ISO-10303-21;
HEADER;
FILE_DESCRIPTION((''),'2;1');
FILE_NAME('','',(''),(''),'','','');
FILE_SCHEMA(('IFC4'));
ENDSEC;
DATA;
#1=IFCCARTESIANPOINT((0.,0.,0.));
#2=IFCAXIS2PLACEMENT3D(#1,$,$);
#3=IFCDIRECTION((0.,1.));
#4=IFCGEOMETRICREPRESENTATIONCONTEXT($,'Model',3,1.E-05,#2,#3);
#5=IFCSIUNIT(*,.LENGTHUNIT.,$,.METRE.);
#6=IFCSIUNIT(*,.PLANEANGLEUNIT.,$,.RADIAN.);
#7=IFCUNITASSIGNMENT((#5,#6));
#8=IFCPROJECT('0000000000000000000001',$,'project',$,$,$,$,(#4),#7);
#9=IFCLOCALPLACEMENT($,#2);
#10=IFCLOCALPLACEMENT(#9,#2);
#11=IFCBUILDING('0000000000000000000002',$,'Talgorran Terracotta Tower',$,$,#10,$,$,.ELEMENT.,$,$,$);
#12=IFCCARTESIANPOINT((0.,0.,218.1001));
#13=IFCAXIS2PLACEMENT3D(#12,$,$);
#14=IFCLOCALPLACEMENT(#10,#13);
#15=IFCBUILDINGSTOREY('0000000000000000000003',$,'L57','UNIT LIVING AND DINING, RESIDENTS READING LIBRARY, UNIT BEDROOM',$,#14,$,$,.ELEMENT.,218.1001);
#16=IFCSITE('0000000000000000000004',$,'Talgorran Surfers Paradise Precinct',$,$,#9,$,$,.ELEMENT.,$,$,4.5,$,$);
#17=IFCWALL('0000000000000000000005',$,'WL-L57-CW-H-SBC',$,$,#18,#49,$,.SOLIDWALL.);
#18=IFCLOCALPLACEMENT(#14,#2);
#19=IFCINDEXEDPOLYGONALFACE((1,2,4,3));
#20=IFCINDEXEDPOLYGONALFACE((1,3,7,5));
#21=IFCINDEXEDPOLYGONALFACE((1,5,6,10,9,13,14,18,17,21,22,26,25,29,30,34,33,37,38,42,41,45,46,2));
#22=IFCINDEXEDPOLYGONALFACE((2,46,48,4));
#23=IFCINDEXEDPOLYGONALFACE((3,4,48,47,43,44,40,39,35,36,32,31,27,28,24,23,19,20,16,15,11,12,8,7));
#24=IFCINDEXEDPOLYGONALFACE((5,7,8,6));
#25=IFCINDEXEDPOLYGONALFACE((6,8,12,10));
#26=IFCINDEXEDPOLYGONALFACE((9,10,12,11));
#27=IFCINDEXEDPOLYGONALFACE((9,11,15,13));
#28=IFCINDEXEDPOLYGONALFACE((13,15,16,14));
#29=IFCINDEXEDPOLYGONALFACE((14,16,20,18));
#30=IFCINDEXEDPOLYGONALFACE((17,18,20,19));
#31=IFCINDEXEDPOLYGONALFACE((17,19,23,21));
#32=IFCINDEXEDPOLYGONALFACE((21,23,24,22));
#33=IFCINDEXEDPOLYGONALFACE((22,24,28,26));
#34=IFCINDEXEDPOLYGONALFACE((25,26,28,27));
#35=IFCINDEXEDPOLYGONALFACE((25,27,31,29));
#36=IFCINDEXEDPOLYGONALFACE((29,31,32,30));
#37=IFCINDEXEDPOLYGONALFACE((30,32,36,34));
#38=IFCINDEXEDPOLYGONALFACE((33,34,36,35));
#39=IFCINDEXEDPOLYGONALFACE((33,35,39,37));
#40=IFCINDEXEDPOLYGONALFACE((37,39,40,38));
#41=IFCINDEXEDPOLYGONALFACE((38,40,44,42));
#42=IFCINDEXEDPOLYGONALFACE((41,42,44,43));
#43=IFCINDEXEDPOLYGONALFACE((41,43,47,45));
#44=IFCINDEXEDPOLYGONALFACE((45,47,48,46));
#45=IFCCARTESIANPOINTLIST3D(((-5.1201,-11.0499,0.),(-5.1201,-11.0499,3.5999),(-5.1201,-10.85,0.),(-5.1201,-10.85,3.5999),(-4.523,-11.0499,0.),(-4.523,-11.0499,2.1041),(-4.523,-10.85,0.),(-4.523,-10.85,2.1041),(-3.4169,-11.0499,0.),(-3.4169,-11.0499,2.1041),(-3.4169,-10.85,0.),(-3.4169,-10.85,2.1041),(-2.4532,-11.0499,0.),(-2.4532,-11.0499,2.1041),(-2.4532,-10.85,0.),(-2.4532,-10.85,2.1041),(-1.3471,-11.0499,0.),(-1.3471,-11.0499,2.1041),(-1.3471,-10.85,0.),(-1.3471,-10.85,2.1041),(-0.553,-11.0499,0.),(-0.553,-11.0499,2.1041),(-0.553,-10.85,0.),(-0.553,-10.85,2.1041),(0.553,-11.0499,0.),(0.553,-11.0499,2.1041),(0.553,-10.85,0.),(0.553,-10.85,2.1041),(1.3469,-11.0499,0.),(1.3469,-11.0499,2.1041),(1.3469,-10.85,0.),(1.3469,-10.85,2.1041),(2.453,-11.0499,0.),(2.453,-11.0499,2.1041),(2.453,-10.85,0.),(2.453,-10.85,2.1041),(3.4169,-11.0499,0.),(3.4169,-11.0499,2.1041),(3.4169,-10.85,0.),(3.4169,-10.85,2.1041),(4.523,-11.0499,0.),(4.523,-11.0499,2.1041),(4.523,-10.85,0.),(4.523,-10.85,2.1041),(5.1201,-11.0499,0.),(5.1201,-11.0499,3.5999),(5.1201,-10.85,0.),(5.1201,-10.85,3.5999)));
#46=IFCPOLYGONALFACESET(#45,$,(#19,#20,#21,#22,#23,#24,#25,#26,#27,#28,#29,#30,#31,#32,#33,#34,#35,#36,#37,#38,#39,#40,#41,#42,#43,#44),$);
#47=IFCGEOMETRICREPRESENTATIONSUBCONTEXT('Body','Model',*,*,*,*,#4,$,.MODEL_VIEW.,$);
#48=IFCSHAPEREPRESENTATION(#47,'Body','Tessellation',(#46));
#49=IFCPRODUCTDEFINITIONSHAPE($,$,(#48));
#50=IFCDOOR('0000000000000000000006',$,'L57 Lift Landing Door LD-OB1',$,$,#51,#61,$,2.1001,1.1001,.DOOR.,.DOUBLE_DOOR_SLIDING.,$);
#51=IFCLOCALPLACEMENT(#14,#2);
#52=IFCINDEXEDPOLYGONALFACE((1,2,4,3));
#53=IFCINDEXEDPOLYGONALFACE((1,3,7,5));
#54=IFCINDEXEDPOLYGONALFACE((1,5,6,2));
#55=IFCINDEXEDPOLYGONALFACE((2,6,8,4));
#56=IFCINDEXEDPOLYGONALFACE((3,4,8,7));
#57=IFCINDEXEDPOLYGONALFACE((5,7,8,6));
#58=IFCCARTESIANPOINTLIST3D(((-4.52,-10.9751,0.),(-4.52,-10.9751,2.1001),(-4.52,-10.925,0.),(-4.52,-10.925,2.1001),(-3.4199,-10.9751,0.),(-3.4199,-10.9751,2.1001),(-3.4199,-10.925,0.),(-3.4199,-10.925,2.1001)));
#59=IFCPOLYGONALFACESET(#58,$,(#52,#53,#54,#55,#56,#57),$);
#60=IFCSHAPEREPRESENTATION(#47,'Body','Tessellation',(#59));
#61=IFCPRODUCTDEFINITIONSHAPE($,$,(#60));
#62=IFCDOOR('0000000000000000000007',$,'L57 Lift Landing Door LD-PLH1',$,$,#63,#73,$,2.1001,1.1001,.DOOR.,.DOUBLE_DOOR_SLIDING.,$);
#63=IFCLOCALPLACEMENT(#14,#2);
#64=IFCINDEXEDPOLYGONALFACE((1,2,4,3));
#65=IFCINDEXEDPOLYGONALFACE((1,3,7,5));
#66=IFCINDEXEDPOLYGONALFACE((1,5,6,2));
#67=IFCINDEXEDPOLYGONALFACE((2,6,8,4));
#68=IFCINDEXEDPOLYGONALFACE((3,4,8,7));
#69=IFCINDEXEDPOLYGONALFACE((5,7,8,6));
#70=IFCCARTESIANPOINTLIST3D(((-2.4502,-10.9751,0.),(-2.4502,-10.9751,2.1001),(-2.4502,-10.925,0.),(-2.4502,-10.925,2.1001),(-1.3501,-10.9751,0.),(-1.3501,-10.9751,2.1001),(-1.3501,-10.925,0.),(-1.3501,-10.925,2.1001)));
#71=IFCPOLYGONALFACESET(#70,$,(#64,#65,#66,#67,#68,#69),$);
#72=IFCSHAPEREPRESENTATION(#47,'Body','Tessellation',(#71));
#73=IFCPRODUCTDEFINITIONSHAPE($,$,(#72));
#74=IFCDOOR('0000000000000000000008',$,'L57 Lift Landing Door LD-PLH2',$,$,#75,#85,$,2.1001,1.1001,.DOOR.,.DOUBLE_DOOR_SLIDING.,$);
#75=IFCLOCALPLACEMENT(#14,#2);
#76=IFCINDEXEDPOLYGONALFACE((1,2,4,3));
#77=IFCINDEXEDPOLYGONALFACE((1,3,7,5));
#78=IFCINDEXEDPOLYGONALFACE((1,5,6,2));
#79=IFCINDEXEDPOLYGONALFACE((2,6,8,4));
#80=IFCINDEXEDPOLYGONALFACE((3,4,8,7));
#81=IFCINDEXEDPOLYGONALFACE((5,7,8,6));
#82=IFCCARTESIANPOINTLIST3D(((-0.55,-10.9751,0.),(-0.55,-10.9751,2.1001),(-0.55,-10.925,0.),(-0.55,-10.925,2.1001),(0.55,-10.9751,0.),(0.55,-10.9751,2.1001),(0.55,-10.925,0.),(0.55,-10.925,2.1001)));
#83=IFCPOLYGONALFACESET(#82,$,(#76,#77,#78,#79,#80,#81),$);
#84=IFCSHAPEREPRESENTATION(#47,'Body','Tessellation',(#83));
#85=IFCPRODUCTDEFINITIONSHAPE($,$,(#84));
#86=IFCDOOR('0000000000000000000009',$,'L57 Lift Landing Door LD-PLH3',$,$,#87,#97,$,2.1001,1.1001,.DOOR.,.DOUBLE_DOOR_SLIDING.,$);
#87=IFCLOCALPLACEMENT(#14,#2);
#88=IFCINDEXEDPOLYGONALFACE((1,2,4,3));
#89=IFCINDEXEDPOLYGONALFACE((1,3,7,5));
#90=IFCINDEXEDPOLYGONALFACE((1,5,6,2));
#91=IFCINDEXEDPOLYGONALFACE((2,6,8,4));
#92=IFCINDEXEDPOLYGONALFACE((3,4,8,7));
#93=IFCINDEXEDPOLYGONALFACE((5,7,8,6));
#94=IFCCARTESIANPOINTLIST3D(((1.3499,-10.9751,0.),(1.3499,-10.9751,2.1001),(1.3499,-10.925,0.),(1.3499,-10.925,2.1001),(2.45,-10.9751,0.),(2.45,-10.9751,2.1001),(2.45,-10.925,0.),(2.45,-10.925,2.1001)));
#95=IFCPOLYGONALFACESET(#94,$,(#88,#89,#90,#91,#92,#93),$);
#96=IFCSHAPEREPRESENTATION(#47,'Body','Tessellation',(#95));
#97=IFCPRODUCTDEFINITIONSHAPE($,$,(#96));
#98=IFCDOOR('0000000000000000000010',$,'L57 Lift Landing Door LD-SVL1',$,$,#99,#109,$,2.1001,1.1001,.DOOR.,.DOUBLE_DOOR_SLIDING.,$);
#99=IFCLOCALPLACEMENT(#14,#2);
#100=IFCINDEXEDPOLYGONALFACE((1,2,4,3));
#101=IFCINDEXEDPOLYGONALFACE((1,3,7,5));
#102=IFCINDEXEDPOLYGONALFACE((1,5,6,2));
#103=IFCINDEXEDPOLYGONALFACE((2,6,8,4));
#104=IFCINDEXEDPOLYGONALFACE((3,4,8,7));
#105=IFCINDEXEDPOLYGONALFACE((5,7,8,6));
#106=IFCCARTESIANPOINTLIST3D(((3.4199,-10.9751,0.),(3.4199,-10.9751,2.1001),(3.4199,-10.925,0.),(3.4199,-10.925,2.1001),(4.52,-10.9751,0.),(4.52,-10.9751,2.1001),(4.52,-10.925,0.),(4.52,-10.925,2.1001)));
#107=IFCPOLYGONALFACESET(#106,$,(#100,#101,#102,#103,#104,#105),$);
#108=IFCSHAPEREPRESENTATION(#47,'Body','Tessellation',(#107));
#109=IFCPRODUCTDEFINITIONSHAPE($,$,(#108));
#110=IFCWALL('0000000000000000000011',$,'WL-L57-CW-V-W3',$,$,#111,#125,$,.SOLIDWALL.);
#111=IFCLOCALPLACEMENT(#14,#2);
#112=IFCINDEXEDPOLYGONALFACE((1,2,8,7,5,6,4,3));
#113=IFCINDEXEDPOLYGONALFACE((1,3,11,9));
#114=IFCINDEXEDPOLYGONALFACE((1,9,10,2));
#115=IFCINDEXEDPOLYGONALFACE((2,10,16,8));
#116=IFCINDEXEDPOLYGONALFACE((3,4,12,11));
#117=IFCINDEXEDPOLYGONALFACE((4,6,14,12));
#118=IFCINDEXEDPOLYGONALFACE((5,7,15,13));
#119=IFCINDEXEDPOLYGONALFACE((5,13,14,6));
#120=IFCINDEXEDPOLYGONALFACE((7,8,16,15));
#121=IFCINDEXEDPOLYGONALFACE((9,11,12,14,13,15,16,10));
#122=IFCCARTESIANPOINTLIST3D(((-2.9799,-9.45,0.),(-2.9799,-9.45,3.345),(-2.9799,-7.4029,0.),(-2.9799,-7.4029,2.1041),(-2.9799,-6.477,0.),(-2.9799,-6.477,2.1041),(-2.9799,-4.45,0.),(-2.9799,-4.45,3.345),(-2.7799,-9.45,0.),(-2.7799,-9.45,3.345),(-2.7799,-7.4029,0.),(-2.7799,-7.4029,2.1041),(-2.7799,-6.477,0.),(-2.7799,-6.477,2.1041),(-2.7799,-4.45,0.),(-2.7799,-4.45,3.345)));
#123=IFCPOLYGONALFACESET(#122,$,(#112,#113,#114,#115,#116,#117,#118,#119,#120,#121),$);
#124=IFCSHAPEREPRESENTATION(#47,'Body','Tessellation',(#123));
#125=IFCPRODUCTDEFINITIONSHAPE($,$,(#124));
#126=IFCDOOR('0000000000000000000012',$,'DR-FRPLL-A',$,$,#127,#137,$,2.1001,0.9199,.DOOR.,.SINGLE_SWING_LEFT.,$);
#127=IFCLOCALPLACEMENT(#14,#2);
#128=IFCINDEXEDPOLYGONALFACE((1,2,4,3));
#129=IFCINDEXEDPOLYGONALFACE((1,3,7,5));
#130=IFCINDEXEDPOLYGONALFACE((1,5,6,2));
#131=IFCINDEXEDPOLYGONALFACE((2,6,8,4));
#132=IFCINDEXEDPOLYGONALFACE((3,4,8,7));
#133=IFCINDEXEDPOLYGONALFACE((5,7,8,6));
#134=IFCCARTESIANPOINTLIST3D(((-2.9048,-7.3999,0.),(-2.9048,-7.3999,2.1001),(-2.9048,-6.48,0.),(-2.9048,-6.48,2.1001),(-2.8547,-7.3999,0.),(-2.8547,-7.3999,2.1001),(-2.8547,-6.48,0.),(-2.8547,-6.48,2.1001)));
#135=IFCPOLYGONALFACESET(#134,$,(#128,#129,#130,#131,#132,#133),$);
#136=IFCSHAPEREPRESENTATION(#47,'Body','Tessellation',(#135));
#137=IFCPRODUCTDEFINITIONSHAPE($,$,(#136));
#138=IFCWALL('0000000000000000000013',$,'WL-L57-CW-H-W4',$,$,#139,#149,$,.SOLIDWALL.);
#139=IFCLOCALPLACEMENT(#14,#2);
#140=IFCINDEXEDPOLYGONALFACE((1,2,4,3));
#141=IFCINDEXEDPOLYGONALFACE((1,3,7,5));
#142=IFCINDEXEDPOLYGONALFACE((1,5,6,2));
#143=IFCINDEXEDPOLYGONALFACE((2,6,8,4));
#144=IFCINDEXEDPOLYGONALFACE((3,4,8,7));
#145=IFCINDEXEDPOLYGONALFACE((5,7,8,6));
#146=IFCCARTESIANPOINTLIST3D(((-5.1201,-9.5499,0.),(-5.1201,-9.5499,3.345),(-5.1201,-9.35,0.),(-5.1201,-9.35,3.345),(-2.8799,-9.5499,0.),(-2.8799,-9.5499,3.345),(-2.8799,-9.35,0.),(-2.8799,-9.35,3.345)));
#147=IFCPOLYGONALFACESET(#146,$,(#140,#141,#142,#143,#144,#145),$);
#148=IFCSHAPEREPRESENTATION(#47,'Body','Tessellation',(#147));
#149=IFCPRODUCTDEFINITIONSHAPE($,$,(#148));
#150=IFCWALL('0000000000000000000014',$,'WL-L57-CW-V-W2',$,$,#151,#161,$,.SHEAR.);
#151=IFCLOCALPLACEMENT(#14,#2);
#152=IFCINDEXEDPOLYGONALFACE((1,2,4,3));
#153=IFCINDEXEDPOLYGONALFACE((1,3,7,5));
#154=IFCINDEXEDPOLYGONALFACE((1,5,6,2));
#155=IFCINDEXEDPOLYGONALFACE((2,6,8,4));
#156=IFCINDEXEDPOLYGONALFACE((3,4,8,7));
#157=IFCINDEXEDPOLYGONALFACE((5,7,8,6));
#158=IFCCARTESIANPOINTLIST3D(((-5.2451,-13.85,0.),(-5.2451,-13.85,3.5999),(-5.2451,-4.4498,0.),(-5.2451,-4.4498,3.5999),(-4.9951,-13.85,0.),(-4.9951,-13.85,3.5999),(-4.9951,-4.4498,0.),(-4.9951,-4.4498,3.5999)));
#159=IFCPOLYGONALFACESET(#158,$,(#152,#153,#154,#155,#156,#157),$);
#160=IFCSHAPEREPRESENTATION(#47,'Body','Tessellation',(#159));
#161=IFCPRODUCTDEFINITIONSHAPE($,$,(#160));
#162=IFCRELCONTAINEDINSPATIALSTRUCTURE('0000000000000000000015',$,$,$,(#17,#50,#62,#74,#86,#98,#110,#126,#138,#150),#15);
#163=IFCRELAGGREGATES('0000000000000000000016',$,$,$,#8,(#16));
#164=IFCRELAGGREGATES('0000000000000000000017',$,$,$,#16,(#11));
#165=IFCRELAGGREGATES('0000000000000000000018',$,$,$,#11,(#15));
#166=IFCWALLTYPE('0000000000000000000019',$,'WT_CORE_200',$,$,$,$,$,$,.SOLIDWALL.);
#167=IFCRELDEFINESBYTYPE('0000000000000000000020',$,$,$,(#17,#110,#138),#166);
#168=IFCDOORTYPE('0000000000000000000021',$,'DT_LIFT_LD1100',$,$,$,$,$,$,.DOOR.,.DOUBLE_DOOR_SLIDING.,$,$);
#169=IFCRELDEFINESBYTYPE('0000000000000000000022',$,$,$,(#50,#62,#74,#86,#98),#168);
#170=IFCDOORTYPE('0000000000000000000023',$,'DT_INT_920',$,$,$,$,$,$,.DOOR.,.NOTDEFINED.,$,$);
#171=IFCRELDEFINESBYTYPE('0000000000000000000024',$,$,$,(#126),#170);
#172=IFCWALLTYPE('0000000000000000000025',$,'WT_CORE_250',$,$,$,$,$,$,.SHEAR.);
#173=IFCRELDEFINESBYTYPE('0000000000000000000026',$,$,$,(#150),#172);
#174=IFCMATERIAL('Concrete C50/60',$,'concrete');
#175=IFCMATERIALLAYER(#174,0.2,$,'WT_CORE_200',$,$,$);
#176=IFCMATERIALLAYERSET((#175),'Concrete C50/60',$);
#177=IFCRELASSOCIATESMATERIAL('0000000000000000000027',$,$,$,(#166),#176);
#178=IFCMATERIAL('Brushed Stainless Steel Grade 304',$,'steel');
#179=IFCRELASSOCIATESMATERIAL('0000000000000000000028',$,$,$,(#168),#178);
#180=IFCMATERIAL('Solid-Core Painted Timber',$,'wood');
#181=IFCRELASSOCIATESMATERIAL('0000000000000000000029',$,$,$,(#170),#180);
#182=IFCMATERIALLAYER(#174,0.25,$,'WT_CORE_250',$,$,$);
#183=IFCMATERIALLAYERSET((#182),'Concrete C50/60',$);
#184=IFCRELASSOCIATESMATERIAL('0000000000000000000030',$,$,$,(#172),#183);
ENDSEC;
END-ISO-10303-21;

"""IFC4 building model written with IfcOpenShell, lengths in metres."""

from ifc_helpers import new_model, si_unit, direction, frame, frame_2d, origin, place, context, subcontext, project, spatial, rectangle, extrude, material, layer, layer_set, type_object, element, fill, save


model = new_model("IFC4")

# Units and contexts
model_context = context("Model", 3, precision=1e-05, world=origin(), true_north=direction((0.0, 1.0)))
body_context = subcontext(model_context, "Body", "Model", "MODEL_VIEW")
ifc_project = project(units=[si_unit("LENGTHUNIT", "METRE"), si_unit("PLANEANGLEUNIT", "RADIAN")], contexts=[model_context])

# Site, building, storey
site_placement = place(None, origin())
site = spatial("IfcSite", under=ifc_project, at=site_placement, Name="Talgorran Surfers Paradise Precinct", CompositionType="ELEMENT", RefElevation=4.5)
building_placement = place(site_placement, origin())
building = spatial("IfcBuilding", under=site, at=building_placement, Name="Talgorran Terracotta Tower", CompositionType="ELEMENT")
storey_placement = place(building_placement, frame((0.0, 0.0, 218.1001)))
storey = spatial("IfcBuildingStorey", under=building, at=storey_placement, Name="L57", Description="UNIT LIVING AND DINING, RESIDENTS READING LIBRARY, UNIT BEDROOM", CompositionType="ELEMENT", Elevation=218.1001)

# Shared definitions
ifc_material_1 = material(Name="Concrete C50/60", Category="concrete")

# Wall, openings, doors
ifc_layer_1 = layer(ifc_material_1, 0.2, Name="WT_CORE_200")
ifc_layer_set_1 = layer_set([ifc_layer_1], Name="Concrete C50/60")
wall_type_1 = type_object("IfcWallType", Name="WT_CORE_200", PredefinedType="SOLIDWALL", material=ifc_layer_set_1)
wall_1_placement = place(storey_placement, frame((-5.1201, -10.95, 0.0), z_axis=(0.0, 0.0, 1.0), x_axis=(1.0, 0.0, 0.0)))
wall_1 = element("IfcWall", 1, at=wall_1_placement, inside=storey, type_object=wall_type_1, Name="WL-L57-CW-H-SBC", PredefinedType="SOLIDWALL", context=body_context, shape_type="SweptSolid", body=[
    extrude(rectangle(XDim=10.2402, YDim=0.2, at=frame_2d((5.1201, 0.0))), origin(), (0.0, 0.0, 1.0), 3.5999),
])
opening_1_placement = place(wall_1_placement, frame((0.6001, 0.0, 0.0)))
opening_1 = element("IfcOpeningElement", 2, at=opening_1_placement, cuts=wall_1, PredefinedType="OPENING", context=body_context, shape_type="SweptSolid", body=[
    extrude(rectangle(XDim=1.1061, YDim=2.1041, at=frame_2d((0.55, 1.052))), frame((0.0, 0.1099, 0.0), z_axis=(0.0, -1.0, 0.0), x_axis=(1.0, 0.0, 0.0)), (0.0, 0.0, 1.0), 0.22),
])
opening_2_placement = place(wall_1_placement, frame((2.6699, 0.0, 0.0)))
opening_2 = element("IfcOpeningElement", 3, at=opening_2_placement, cuts=wall_1, PredefinedType="OPENING", context=body_context, shape_type="SweptSolid", body=[
    extrude(rectangle(XDim=1.1061, YDim=2.1041, at=frame_2d((0.55, 1.052))), frame((0.0, 0.1099, 0.0), z_axis=(0.0, -1.0, 0.0), x_axis=(1.0, 0.0, 0.0)), (0.0, 0.0, 1.0), 0.22),
])
opening_3_placement = place(wall_1_placement, frame((4.5701, 0.0, 0.0)))
opening_3 = element("IfcOpeningElement", 4, at=opening_3_placement, cuts=wall_1, PredefinedType="OPENING", context=body_context, shape_type="SweptSolid", body=[
    extrude(rectangle(XDim=1.1061, YDim=2.1041, at=frame_2d((0.55, 1.052))), frame((0.0, 0.1099, 0.0), z_axis=(0.0, -1.0, 0.0), x_axis=(1.0, 0.0, 0.0)), (0.0, 0.0, 1.0), 0.22),
])
opening_4_placement = place(wall_1_placement, frame((6.47, 0.0, 0.0)))
opening_4 = element("IfcOpeningElement", 5, at=opening_4_placement, cuts=wall_1, PredefinedType="OPENING", context=body_context, shape_type="SweptSolid", body=[
    extrude(rectangle(XDim=1.1061, YDim=2.1041, at=frame_2d((0.55, 1.052))), frame((0.0, 0.1099, 0.0), z_axis=(0.0, -1.0, 0.0), x_axis=(1.0, 0.0, 0.0)), (0.0, 0.0, 1.0), 0.22),
])
opening_5_placement = place(wall_1_placement, frame((8.54, 0.0, 0.0)))
opening_5 = element("IfcOpeningElement", 6, at=opening_5_placement, cuts=wall_1, PredefinedType="OPENING", context=body_context, shape_type="SweptSolid", body=[
    extrude(rectangle(XDim=1.1061, YDim=2.1041, at=frame_2d((0.55, 1.052))), frame((0.0, 0.1099, 0.0), z_axis=(0.0, -1.0, 0.0), x_axis=(1.0, 0.0, 0.0)), (0.0, 0.0, 1.0), 0.22),
])
ifc_material_2 = material(Name="Brushed Stainless Steel Grade 304", Category="steel")
door_type_1 = type_object("IfcDoorType", Name="DT_LIFT_LD1100", OperationType="DOUBLE_DOOR_SLIDING", PredefinedType="DOOR", material=ifc_material_2)
door_1_placement = place(opening_1_placement, origin())
door_1 = element("IfcDoor", 7, at=door_1_placement, inside=storey, type_object=door_type_1, Name="L57 Lift Landing Door LD-OB1", OperationType="DOUBLE_DOOR_SLIDING", OverallHeight=2.1001, OverallWidth=1.1001, PredefinedType="DOOR", context=body_context, shape_type="SweptSolid", body=[
    extrude(rectangle(XDim=1.1001, YDim=2.1001, at=frame_2d((0.55, 1.05))), frame((0.0, 0.0249, 0.0), z_axis=(0.0, -1.0, 0.0), x_axis=(1.0, 0.0, 0.0)), (0.0, 0.0, 1.0), 0.05),
])
fill(opening_1, door_1)
door_2_placement = place(opening_2_placement, origin())
door_2 = element("IfcDoor", 8, at=door_2_placement, inside=storey, type_object=door_type_1, Name="L57 Lift Landing Door LD-PLH1", OperationType="DOUBLE_DOOR_SLIDING", OverallHeight=2.1001, OverallWidth=1.1001, PredefinedType="DOOR", context=body_context, shape_type="SweptSolid", body=[
    extrude(rectangle(XDim=1.1001, YDim=2.1001, at=frame_2d((0.55, 1.05))), frame((0.0, 0.0249, 0.0), z_axis=(0.0, -1.0, 0.0), x_axis=(1.0, 0.0, 0.0)), (0.0, 0.0, 1.0), 0.05),
])
fill(opening_2, door_2)
door_3_placement = place(opening_3_placement, origin())
door_3 = element("IfcDoor", 9, at=door_3_placement, inside=storey, type_object=door_type_1, Name="L57 Lift Landing Door LD-PLH2", OperationType="DOUBLE_DOOR_SLIDING", OverallHeight=2.1001, OverallWidth=1.1001, PredefinedType="DOOR", context=body_context, shape_type="SweptSolid", body=[
    extrude(rectangle(XDim=1.1001, YDim=2.1001, at=frame_2d((0.55, 1.05))), frame((0.0, 0.0249, 0.0), z_axis=(0.0, -1.0, 0.0), x_axis=(1.0, 0.0, 0.0)), (0.0, 0.0, 1.0), 0.05),
])
fill(opening_3, door_3)
door_4_placement = place(opening_4_placement, origin())
door_4 = element("IfcDoor", 10, at=door_4_placement, inside=storey, type_object=door_type_1, Name="L57 Lift Landing Door LD-PLH3", OperationType="DOUBLE_DOOR_SLIDING", OverallHeight=2.1001, OverallWidth=1.1001, PredefinedType="DOOR", context=body_context, shape_type="SweptSolid", body=[
    extrude(rectangle(XDim=1.1001, YDim=2.1001, at=frame_2d((0.55, 1.05))), frame((0.0, 0.0249, 0.0), z_axis=(0.0, -1.0, 0.0), x_axis=(1.0, 0.0, 0.0)), (0.0, 0.0, 1.0), 0.05),
])
fill(opening_4, door_4)
door_5_placement = place(opening_5_placement, origin())
door_5 = element("IfcDoor", 11, at=door_5_placement, inside=storey, type_object=door_type_1, Name="L57 Lift Landing Door LD-SVL1", OperationType="DOUBLE_DOOR_SLIDING", OverallHeight=2.1001, OverallWidth=1.1001, PredefinedType="DOOR", context=body_context, shape_type="SweptSolid", body=[
    extrude(rectangle(XDim=1.1001, YDim=2.1001, at=frame_2d((0.55, 1.05))), frame((0.0, 0.0249, 0.0), z_axis=(0.0, -1.0, 0.0), x_axis=(1.0, 0.0, 0.0)), (0.0, 0.0, 1.0), 0.05),
])
fill(opening_5, door_5)

# Wall, opening, door
wall_2_placement = place(storey_placement, frame((-2.8799, -9.45, 0.0), z_axis=(0.0, 0.0, 1.0), x_axis=(0.0, 1.0, 0.0)))
wall_2 = element("IfcWall", 12, at=wall_2_placement, inside=storey, type_object=wall_type_1, Name="WL-L57-CW-V-W3", PredefinedType="SOLIDWALL", context=body_context, shape_type="SweptSolid", body=[
    extrude(rectangle(XDim=5.0, YDim=0.2, at=frame_2d((2.5, 0.0))), origin(), (0.0, 0.0, 1.0), 3.345),
])
opening_6_placement = place(wall_2_placement, frame((2.05, 0.0, 0.0)))
opening_6 = element("IfcOpeningElement", 13, at=opening_6_placement, cuts=wall_2, PredefinedType="OPENING", context=body_context, shape_type="SweptSolid", body=[
    extrude(rectangle(XDim=0.9259, YDim=2.1041, at=frame_2d((0.46, 1.052))), frame((0.0, 0.1099, 0.0), z_axis=(0.0, -1.0, 0.0), x_axis=(1.0, 0.0, 0.0)), (0.0, 0.0, 1.0), 0.22),
])
ifc_material_3 = material(Name="Solid-Core Painted Timber", Category="wood")
door_type_2 = type_object("IfcDoorType", Name="DT_INT_920", OperationType="NOTDEFINED", PredefinedType="DOOR", material=ifc_material_3)
door_6_placement = place(opening_6_placement, origin())
door_6 = element("IfcDoor", 14, at=door_6_placement, inside=storey, type_object=door_type_2, Name="DR-FRPLL-A", OperationType="SINGLE_SWING_LEFT", OverallHeight=2.1001, OverallWidth=0.9199, PredefinedType="DOOR", context=body_context, shape_type="SweptSolid", body=[
    extrude(rectangle(XDim=0.9199, YDim=2.1001, at=frame_2d((0.46, 1.05))), frame((0.0, 0.0249, 0.0), z_axis=(0.0, -1.0, 0.0), x_axis=(1.0, 0.0, 0.0)), (0.0, 0.0, 1.0), 0.05),
])
fill(opening_6, door_6)

# Walls
wall_3_placement = place(storey_placement, frame((-5.1201, -9.45, 0.0), z_axis=(0.0, 0.0, 1.0), x_axis=(1.0, 0.0, 0.0)))
element("IfcWall", 15, at=wall_3_placement, inside=storey, type_object=wall_type_1, Name="WL-L57-CW-H-W4", PredefinedType="SOLIDWALL", context=body_context, shape_type="SweptSolid", body=[
    extrude(rectangle(XDim=2.2402, YDim=0.2, at=frame_2d((1.1201, 0.0))), origin(), (0.0, 0.0, 1.0), 3.345),
])
ifc_layer_2 = layer(ifc_material_1, 0.25, Name="WT_CORE_250")
ifc_layer_set_2 = layer_set([ifc_layer_2], Name="Concrete C50/60")
wall_type_2 = type_object("IfcWallType", Name="WT_CORE_250", PredefinedType="SHEAR", material=ifc_layer_set_2)
wall_4_placement = place(storey_placement, frame((-5.1201, -13.8501, 0.0), z_axis=(0.0, 0.0, 1.0), x_axis=(0.0, 1.0, 0.0)))
element("IfcWall", 16, at=wall_4_placement, inside=storey, type_object=wall_type_2, Name="WL-L57-CW-V-W2", PredefinedType="SHEAR", context=body_context, shape_type="SweptSolid", body=[
    extrude(rectangle(XDim=9.4001, YDim=0.25, at=frame_2d((4.7002, 0.0))), origin(), (0.0, 0.0, 1.0), 3.5999),
])

save(model, "model.ifc")
